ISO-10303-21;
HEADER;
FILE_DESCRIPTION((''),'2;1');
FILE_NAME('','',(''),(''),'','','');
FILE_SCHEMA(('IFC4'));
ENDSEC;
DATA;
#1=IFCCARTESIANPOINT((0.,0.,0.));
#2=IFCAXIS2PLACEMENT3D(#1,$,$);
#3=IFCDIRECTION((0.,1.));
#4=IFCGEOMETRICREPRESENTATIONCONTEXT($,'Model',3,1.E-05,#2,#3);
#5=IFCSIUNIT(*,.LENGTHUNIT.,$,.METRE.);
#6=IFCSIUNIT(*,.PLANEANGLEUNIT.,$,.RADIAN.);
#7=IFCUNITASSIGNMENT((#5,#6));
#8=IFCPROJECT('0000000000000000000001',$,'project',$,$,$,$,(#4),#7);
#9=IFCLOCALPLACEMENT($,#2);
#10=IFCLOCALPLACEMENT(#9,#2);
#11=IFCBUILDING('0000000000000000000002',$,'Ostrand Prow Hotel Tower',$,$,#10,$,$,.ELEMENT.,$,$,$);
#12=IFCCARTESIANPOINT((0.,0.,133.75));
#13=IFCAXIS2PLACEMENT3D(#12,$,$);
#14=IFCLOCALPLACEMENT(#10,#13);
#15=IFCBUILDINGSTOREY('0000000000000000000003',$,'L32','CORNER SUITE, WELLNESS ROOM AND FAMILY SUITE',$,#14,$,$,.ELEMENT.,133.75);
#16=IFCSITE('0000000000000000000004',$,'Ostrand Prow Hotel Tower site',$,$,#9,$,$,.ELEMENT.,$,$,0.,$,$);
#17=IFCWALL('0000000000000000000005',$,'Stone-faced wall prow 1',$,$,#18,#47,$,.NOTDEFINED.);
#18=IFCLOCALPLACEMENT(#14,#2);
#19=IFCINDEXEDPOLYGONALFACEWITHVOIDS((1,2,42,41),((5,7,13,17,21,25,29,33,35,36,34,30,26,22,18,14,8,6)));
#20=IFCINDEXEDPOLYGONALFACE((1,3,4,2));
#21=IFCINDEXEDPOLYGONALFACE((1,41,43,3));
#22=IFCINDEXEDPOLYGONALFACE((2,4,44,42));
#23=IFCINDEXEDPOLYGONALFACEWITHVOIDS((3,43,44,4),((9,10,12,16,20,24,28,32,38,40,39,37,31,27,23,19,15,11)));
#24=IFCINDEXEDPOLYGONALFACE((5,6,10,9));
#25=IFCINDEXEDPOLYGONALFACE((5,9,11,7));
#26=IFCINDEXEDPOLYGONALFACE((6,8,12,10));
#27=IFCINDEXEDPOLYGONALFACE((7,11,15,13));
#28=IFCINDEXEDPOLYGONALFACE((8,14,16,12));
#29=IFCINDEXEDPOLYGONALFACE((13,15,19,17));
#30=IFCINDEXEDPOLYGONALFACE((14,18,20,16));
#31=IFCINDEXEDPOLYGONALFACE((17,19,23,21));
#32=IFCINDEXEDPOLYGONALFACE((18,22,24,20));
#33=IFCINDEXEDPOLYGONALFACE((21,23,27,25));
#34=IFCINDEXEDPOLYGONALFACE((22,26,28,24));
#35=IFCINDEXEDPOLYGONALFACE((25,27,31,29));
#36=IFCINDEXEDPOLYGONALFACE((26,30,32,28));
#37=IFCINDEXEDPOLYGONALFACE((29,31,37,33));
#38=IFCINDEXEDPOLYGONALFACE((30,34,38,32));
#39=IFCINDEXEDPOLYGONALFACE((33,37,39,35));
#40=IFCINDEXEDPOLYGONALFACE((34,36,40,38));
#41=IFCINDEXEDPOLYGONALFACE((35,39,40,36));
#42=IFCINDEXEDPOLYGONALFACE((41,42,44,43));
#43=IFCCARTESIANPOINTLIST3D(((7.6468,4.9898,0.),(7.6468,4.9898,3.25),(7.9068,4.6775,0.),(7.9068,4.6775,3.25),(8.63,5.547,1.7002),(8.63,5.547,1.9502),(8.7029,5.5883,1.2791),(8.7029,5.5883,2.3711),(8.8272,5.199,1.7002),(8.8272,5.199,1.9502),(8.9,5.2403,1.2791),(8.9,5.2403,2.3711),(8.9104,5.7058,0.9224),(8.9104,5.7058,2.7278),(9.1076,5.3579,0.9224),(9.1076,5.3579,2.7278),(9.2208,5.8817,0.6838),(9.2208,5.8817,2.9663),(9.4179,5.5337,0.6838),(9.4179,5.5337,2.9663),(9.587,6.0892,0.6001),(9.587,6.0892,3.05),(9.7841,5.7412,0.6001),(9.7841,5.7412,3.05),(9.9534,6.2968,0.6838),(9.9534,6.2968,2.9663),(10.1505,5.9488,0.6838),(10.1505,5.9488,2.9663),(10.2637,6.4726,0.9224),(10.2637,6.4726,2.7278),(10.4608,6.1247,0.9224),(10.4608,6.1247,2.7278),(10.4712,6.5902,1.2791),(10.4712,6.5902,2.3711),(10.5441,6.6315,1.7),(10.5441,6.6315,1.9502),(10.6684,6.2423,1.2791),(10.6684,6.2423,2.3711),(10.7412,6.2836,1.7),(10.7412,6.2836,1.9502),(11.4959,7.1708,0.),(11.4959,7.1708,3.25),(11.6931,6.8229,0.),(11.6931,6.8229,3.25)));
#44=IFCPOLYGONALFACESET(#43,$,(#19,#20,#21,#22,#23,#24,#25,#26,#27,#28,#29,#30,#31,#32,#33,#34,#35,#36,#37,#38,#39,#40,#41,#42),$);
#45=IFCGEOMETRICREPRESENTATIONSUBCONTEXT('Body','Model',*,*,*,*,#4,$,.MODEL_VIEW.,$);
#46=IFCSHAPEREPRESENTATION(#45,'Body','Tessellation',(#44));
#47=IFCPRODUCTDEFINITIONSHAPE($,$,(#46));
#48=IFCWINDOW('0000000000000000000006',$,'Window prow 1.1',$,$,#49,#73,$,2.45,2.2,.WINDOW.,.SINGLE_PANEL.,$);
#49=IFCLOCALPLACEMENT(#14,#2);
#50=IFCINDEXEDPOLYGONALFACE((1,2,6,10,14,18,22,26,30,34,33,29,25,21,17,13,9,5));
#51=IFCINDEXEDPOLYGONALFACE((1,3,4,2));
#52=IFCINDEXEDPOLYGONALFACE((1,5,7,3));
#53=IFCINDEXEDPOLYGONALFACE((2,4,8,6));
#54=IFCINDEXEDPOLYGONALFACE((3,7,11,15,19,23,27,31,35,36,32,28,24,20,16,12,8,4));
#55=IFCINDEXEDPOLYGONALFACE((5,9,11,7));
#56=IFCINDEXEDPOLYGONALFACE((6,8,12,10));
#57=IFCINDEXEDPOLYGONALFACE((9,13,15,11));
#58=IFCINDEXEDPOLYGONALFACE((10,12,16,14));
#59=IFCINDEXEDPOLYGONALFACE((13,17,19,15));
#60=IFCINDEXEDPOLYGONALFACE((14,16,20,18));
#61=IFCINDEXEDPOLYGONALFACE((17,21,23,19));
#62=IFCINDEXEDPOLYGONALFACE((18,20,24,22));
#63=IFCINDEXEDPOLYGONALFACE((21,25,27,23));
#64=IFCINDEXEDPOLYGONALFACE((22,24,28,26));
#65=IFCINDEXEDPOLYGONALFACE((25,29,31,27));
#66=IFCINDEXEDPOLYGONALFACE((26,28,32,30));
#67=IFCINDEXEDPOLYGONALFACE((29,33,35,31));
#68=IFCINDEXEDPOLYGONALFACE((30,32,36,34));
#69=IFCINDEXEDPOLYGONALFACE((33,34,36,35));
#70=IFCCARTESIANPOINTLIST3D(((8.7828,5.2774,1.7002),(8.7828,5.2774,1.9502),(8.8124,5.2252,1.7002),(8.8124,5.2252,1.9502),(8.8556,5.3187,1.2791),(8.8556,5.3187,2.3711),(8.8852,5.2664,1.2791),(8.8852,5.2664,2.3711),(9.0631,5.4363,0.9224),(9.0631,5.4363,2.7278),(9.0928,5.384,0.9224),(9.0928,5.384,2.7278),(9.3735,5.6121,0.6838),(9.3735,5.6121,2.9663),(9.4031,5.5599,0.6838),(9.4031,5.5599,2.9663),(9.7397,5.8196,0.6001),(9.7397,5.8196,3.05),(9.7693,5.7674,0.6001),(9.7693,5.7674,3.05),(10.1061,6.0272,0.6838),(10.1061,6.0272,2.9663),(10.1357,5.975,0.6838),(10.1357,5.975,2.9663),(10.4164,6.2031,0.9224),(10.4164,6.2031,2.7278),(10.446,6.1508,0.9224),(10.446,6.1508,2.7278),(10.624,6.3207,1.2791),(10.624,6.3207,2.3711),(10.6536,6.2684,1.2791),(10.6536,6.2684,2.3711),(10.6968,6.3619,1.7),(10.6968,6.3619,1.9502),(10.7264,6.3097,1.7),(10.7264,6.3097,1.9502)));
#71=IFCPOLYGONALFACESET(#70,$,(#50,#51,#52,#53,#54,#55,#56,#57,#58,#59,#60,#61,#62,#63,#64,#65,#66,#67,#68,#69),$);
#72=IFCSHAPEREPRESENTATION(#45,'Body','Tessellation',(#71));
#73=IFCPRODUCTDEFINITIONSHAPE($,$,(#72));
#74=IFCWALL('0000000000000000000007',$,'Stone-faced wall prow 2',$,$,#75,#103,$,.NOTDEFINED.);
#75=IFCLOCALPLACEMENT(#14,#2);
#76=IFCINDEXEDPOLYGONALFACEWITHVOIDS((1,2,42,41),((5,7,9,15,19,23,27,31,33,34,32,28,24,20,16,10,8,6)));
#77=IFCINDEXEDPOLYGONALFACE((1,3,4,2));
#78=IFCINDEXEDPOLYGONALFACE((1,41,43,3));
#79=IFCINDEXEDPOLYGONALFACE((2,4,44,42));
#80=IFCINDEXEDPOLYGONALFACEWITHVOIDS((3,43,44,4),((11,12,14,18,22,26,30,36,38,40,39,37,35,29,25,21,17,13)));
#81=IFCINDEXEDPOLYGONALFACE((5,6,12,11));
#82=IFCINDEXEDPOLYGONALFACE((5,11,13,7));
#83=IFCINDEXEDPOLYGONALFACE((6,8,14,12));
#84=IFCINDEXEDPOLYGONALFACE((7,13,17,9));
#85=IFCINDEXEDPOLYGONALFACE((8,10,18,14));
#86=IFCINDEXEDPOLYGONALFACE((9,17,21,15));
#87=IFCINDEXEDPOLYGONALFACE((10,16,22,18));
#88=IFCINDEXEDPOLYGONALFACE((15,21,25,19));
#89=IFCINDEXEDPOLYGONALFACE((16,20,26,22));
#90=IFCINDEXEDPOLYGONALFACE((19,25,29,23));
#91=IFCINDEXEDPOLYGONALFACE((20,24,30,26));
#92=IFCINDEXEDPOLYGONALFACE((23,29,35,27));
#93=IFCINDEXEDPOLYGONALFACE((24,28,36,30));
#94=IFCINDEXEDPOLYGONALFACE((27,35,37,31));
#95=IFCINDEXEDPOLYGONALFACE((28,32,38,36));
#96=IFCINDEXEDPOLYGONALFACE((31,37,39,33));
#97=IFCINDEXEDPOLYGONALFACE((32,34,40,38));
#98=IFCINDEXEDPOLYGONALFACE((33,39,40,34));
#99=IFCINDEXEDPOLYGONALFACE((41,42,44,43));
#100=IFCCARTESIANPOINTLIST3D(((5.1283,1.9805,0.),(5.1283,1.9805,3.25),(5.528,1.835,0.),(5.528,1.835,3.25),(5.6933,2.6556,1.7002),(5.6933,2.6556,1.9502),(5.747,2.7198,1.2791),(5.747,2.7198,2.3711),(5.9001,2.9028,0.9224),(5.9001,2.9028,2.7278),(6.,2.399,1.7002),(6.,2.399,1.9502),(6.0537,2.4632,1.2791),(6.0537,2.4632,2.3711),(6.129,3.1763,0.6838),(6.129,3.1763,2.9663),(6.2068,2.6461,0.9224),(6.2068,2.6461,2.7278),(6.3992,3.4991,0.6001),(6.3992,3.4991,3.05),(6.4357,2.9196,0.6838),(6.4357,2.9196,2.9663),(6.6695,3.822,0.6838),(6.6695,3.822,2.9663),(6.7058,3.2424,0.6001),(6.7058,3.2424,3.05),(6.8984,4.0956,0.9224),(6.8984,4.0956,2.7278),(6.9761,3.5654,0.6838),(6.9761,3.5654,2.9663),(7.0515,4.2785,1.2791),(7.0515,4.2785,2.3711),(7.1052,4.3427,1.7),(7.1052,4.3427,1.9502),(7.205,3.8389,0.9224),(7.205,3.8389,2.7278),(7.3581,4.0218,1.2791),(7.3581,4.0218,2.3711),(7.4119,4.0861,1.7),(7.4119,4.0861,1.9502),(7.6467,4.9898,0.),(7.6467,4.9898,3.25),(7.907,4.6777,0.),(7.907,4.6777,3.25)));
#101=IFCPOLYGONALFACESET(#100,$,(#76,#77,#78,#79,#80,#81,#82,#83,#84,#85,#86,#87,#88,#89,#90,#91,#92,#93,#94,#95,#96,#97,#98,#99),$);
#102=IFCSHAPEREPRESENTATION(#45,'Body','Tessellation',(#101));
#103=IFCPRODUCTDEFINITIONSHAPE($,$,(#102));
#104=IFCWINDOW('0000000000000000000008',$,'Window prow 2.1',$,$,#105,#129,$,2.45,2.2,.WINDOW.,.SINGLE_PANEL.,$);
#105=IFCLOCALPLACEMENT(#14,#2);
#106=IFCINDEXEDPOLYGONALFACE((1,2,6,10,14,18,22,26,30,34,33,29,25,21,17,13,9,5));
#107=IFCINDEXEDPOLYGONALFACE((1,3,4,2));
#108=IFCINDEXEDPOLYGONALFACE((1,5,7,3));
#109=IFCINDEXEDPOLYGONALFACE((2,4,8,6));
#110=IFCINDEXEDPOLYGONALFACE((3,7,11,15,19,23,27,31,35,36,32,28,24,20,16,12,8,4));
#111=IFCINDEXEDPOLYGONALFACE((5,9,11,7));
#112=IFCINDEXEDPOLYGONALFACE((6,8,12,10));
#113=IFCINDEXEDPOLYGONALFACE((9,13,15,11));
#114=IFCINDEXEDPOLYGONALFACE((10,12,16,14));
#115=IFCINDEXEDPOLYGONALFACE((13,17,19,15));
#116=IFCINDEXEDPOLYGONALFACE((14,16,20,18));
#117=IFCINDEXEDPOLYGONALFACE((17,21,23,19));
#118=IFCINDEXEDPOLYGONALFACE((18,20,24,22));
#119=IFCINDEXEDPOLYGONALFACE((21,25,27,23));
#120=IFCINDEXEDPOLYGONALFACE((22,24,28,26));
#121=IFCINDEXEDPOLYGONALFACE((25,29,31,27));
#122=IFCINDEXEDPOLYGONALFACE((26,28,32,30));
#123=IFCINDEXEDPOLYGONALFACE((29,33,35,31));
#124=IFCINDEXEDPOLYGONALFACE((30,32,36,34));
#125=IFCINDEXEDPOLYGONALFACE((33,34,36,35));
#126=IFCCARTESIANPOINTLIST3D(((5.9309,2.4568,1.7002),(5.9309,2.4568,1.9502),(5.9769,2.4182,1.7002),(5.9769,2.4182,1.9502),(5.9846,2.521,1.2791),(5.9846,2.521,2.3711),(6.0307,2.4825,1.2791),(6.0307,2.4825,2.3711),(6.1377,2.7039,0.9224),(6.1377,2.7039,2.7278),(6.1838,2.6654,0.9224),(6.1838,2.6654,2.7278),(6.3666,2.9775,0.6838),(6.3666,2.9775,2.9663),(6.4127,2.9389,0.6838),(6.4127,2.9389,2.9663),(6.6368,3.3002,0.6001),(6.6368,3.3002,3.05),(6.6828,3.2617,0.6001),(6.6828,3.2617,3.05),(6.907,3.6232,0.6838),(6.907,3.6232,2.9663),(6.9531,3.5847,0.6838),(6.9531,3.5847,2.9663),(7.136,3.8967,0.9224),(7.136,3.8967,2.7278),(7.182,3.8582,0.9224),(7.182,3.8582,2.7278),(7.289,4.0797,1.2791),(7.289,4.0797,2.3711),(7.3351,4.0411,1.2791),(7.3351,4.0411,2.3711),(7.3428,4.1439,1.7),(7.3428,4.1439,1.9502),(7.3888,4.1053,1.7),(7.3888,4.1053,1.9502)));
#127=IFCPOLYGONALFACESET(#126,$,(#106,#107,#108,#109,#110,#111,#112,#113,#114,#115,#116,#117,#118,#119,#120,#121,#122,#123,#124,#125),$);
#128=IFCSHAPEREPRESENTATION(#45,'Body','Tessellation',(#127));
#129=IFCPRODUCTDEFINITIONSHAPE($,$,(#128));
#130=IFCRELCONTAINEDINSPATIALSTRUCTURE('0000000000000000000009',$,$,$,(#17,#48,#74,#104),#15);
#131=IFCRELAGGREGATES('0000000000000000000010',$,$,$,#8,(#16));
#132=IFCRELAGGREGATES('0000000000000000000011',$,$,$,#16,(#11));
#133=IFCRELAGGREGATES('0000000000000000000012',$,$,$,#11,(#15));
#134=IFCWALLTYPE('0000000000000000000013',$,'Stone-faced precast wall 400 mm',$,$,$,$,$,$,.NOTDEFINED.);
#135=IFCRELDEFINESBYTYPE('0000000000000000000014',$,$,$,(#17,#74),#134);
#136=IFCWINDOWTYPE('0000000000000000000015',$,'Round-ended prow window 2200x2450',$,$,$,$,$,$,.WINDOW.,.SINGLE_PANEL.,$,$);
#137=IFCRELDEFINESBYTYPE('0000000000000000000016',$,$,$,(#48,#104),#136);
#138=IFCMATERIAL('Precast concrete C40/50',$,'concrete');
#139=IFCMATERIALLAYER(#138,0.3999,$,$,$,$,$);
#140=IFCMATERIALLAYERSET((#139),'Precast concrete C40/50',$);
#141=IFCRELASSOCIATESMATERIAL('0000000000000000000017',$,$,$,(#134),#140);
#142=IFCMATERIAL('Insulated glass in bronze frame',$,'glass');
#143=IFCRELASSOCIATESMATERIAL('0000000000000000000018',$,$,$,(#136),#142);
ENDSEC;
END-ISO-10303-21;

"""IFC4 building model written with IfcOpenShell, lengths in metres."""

from ifc_helpers import new_model, si_unit, direction, frame, origin, place, context, subcontext, project, spatial, polyline, outline, extrude, material, layer, layer_set, type_object, element, fill, save


model = new_model("IFC4")

# Units and contexts
model_context = context("Model", 3, precision=1e-05, world=origin(), true_north=direction((0.0, 1.0)))
body_context = subcontext(model_context, "Body", "Model", "MODEL_VIEW")
ifc_project = project(units=[si_unit("LENGTHUNIT", "METRE"), si_unit("PLANEANGLEUNIT", "RADIAN")], contexts=[model_context])

# Site, building, storey
site_placement = place(None, origin())
site = spatial("IfcSite", under=ifc_project, at=site_placement, Name="Ostrand Prow Hotel Tower site", CompositionType="ELEMENT", RefElevation=0.0)
building_placement = place(site_placement, origin())
building = spatial("IfcBuilding", under=site, at=building_placement, Name="Ostrand Prow Hotel Tower", CompositionType="ELEMENT")
storey_placement = place(building_placement, frame((0.0, 0.0, 133.75)))
storey = spatial("IfcBuildingStorey", under=building, at=storey_placement, Name="L32", Description="CORNER SUITE, WELLNESS ROOM AND FAMILY SUITE", CompositionType="ELEMENT", Elevation=133.75)

# Walls, openings, windows
ifc_material_1 = material(Name="Precast concrete C40/50", Category="concrete")
ifc_layer_1 = layer(ifc_material_1, 0.3999)
ifc_layer_set_1 = layer_set([ifc_layer_1], Name="Precast concrete C40/50")
wall_type_1 = type_object("IfcWallType", Name="Stone-faced precast wall 400 mm", PredefinedType="NOTDEFINED", material=ifc_layer_set_1)
wall_1_placement = place(storey_placement, frame((11.5945, 6.9968, 0.0), z_axis=(0.0, 0.0, 1.0), x_axis=(-0.870045, -0.492972, 0.0)))
wall_1 = element("IfcWall", 1, at=wall_1_placement, inside=storey, type_object=wall_type_1, Name="Stone-faced wall prow 1", PredefinedType="NOTDEFINED", context=body_context, shape_type="SweptSolid", body=[
    extrude(outline(polyline([(0.0, -0.2), (4.4241, -0.2), (4.3518, 0.2), (0.0, 0.2), (0.0, -0.2)])), origin(), (0.0, 0.0, 1.0), 3.25),
])
opening_1_placement = place(wall_1_placement, frame((1.094, 0.0, 0.6001)))
opening_1 = element("IfcOpeningElement", 2, at=opening_1_placement, cuts=wall_1, PredefinedType="OPENING", context=body_context, shape_type="SweptSolid", body=[
    extrude(outline(polyline([(0.0, 1.3501), (0.0837, 1.771), (0.3223, 2.1277), (0.679, 2.3662), (1.1001, 2.45), (1.521, 2.3662), (1.8777, 2.1277), (2.1162, 1.771), (2.2, 1.3501), (2.2, 1.1001), (2.1162, 0.679), (1.8777, 0.3223), (1.521, 0.0837), (1.1001, 0.0), (0.679, 0.0837), (0.3223, 0.3223), (0.0837, 0.679), (0.0, 1.0999), (0.0, 1.3501)])), frame((0.0, 0.21, 0.0), z_axis=(0.0, -1.0, 0.0), x_axis=(1.0, 0.0, 0.0)), (0.0, 0.0, 1.0), 0.4199),
])
ifc_material_2 = material(Name="Insulated glass in bronze frame", Category="glass")
window_type = type_object("IfcWindowType", Name="Round-ended prow window 2200x2450", PartitioningType="SINGLE_PANEL", PredefinedType="WINDOW", material=ifc_material_2)
window_1_placement = place(opening_1_placement, origin())
window_1 = element("IfcWindow", 3, at=window_1_placement, inside=storey, type_object=window_type, Name="Window prow 1.1", OverallHeight=2.45, OverallWidth=2.2, PartitioningType="SINGLE_PANEL", PredefinedType="WINDOW", context=body_context, shape_type="SweptSolid", body=[
    extrude(outline(polyline([(0.0, 1.3501), (0.0837, 1.771), (0.3223, 2.1277), (0.679, 2.3662), (1.1001, 2.45), (1.521, 2.3662), (1.8777, 2.1277), (2.1162, 1.771), (2.2, 1.3501), (2.2, 1.1001), (2.1162, 0.679), (1.8777, 0.3223), (1.521, 0.0837), (1.1001, 0.0), (0.679, 0.0837), (0.3223, 0.3223), (0.0837, 0.679), (0.0, 1.0999), (0.0, 1.3501)])), frame((0.0, 0.1699, 0.0), z_axis=(0.0, -1.0, 0.0), x_axis=(1.0, 0.0, 0.0)), (0.0, 0.0, 1.0), 0.0601),
])
fill(opening_1, window_1)
wall_2_placement = place(storey_placement, frame((7.7769, 4.8337, 0.0), z_axis=(0.0, 0.0, 1.0), x_axis=(-0.641788, -0.766882, 0.0)))
wall_2 = element("IfcWall", 4, at=wall_2_placement, inside=storey, type_object=wall_type_1, Name="Stone-faced wall prow 2", PredefinedType="NOTDEFINED", context=body_context, shape_type="SweptSolid", body=[
    extrude(outline(polyline([(-0.0361, -0.2), (3.8879, -0.2), (3.7429, 0.2), (0.0361, 0.2), (-0.0361, -0.2)])), origin(), (0.0, 0.0, 1.0), 3.25),
])
opening_2_placement = place(wall_2_placement, frame((0.8076, 0.0, 0.6001)))
opening_2 = element("IfcOpeningElement", 5, at=opening_2_placement, cuts=wall_2, PredefinedType="OPENING", context=body_context, shape_type="SweptSolid", body=[
    extrude(outline(polyline([(0.0, 1.3501), (0.0837, 1.771), (0.3223, 2.1277), (0.679, 2.3662), (1.1001, 2.45), (1.521, 2.3662), (1.8777, 2.1277), (2.1162, 1.771), (2.2, 1.3501), (2.2, 1.1001), (2.1162, 0.679), (1.8777, 0.3223), (1.521, 0.0837), (1.1001, 0.0), (0.679, 0.0837), (0.3223, 0.3223), (0.0837, 0.679), (0.0, 1.0999), (0.0, 1.3501)])), frame((0.0, 0.21, 0.0), z_axis=(0.0, -1.0, 0.0), x_axis=(1.0, 0.0, 0.0)), (0.0, 0.0, 1.0), 0.4199),
])
window_2_placement = place(opening_2_placement, origin())
window_2 = element("IfcWindow", 6, at=window_2_placement, inside=storey, type_object=window_type, Name="Window prow 2.1", OverallHeight=2.45, OverallWidth=2.2, PartitioningType="SINGLE_PANEL", PredefinedType="WINDOW", context=body_context, shape_type="SweptSolid", body=[
    extrude(outline(polyline([(0.0, 1.3501), (0.0837, 1.771), (0.3223, 2.1277), (0.679, 2.3662), (1.1001, 2.45), (1.521, 2.3662), (1.8777, 2.1277), (2.1162, 1.771), (2.2, 1.3501), (2.2, 1.1001), (2.1162, 0.679), (1.8777, 0.3223), (1.521, 0.0837), (1.1001, 0.0), (0.679, 0.0837), (0.3223, 0.3223), (0.0837, 0.679), (0.0, 1.0999), (0.0, 1.3501)])), frame((0.0, 0.1699, 0.0), z_axis=(0.0, -1.0, 0.0), x_axis=(1.0, 0.0, 0.0)), (0.0, 0.0, 1.0), 0.0601),
])
fill(opening_2, window_2)

save(model, "model.ifc")
